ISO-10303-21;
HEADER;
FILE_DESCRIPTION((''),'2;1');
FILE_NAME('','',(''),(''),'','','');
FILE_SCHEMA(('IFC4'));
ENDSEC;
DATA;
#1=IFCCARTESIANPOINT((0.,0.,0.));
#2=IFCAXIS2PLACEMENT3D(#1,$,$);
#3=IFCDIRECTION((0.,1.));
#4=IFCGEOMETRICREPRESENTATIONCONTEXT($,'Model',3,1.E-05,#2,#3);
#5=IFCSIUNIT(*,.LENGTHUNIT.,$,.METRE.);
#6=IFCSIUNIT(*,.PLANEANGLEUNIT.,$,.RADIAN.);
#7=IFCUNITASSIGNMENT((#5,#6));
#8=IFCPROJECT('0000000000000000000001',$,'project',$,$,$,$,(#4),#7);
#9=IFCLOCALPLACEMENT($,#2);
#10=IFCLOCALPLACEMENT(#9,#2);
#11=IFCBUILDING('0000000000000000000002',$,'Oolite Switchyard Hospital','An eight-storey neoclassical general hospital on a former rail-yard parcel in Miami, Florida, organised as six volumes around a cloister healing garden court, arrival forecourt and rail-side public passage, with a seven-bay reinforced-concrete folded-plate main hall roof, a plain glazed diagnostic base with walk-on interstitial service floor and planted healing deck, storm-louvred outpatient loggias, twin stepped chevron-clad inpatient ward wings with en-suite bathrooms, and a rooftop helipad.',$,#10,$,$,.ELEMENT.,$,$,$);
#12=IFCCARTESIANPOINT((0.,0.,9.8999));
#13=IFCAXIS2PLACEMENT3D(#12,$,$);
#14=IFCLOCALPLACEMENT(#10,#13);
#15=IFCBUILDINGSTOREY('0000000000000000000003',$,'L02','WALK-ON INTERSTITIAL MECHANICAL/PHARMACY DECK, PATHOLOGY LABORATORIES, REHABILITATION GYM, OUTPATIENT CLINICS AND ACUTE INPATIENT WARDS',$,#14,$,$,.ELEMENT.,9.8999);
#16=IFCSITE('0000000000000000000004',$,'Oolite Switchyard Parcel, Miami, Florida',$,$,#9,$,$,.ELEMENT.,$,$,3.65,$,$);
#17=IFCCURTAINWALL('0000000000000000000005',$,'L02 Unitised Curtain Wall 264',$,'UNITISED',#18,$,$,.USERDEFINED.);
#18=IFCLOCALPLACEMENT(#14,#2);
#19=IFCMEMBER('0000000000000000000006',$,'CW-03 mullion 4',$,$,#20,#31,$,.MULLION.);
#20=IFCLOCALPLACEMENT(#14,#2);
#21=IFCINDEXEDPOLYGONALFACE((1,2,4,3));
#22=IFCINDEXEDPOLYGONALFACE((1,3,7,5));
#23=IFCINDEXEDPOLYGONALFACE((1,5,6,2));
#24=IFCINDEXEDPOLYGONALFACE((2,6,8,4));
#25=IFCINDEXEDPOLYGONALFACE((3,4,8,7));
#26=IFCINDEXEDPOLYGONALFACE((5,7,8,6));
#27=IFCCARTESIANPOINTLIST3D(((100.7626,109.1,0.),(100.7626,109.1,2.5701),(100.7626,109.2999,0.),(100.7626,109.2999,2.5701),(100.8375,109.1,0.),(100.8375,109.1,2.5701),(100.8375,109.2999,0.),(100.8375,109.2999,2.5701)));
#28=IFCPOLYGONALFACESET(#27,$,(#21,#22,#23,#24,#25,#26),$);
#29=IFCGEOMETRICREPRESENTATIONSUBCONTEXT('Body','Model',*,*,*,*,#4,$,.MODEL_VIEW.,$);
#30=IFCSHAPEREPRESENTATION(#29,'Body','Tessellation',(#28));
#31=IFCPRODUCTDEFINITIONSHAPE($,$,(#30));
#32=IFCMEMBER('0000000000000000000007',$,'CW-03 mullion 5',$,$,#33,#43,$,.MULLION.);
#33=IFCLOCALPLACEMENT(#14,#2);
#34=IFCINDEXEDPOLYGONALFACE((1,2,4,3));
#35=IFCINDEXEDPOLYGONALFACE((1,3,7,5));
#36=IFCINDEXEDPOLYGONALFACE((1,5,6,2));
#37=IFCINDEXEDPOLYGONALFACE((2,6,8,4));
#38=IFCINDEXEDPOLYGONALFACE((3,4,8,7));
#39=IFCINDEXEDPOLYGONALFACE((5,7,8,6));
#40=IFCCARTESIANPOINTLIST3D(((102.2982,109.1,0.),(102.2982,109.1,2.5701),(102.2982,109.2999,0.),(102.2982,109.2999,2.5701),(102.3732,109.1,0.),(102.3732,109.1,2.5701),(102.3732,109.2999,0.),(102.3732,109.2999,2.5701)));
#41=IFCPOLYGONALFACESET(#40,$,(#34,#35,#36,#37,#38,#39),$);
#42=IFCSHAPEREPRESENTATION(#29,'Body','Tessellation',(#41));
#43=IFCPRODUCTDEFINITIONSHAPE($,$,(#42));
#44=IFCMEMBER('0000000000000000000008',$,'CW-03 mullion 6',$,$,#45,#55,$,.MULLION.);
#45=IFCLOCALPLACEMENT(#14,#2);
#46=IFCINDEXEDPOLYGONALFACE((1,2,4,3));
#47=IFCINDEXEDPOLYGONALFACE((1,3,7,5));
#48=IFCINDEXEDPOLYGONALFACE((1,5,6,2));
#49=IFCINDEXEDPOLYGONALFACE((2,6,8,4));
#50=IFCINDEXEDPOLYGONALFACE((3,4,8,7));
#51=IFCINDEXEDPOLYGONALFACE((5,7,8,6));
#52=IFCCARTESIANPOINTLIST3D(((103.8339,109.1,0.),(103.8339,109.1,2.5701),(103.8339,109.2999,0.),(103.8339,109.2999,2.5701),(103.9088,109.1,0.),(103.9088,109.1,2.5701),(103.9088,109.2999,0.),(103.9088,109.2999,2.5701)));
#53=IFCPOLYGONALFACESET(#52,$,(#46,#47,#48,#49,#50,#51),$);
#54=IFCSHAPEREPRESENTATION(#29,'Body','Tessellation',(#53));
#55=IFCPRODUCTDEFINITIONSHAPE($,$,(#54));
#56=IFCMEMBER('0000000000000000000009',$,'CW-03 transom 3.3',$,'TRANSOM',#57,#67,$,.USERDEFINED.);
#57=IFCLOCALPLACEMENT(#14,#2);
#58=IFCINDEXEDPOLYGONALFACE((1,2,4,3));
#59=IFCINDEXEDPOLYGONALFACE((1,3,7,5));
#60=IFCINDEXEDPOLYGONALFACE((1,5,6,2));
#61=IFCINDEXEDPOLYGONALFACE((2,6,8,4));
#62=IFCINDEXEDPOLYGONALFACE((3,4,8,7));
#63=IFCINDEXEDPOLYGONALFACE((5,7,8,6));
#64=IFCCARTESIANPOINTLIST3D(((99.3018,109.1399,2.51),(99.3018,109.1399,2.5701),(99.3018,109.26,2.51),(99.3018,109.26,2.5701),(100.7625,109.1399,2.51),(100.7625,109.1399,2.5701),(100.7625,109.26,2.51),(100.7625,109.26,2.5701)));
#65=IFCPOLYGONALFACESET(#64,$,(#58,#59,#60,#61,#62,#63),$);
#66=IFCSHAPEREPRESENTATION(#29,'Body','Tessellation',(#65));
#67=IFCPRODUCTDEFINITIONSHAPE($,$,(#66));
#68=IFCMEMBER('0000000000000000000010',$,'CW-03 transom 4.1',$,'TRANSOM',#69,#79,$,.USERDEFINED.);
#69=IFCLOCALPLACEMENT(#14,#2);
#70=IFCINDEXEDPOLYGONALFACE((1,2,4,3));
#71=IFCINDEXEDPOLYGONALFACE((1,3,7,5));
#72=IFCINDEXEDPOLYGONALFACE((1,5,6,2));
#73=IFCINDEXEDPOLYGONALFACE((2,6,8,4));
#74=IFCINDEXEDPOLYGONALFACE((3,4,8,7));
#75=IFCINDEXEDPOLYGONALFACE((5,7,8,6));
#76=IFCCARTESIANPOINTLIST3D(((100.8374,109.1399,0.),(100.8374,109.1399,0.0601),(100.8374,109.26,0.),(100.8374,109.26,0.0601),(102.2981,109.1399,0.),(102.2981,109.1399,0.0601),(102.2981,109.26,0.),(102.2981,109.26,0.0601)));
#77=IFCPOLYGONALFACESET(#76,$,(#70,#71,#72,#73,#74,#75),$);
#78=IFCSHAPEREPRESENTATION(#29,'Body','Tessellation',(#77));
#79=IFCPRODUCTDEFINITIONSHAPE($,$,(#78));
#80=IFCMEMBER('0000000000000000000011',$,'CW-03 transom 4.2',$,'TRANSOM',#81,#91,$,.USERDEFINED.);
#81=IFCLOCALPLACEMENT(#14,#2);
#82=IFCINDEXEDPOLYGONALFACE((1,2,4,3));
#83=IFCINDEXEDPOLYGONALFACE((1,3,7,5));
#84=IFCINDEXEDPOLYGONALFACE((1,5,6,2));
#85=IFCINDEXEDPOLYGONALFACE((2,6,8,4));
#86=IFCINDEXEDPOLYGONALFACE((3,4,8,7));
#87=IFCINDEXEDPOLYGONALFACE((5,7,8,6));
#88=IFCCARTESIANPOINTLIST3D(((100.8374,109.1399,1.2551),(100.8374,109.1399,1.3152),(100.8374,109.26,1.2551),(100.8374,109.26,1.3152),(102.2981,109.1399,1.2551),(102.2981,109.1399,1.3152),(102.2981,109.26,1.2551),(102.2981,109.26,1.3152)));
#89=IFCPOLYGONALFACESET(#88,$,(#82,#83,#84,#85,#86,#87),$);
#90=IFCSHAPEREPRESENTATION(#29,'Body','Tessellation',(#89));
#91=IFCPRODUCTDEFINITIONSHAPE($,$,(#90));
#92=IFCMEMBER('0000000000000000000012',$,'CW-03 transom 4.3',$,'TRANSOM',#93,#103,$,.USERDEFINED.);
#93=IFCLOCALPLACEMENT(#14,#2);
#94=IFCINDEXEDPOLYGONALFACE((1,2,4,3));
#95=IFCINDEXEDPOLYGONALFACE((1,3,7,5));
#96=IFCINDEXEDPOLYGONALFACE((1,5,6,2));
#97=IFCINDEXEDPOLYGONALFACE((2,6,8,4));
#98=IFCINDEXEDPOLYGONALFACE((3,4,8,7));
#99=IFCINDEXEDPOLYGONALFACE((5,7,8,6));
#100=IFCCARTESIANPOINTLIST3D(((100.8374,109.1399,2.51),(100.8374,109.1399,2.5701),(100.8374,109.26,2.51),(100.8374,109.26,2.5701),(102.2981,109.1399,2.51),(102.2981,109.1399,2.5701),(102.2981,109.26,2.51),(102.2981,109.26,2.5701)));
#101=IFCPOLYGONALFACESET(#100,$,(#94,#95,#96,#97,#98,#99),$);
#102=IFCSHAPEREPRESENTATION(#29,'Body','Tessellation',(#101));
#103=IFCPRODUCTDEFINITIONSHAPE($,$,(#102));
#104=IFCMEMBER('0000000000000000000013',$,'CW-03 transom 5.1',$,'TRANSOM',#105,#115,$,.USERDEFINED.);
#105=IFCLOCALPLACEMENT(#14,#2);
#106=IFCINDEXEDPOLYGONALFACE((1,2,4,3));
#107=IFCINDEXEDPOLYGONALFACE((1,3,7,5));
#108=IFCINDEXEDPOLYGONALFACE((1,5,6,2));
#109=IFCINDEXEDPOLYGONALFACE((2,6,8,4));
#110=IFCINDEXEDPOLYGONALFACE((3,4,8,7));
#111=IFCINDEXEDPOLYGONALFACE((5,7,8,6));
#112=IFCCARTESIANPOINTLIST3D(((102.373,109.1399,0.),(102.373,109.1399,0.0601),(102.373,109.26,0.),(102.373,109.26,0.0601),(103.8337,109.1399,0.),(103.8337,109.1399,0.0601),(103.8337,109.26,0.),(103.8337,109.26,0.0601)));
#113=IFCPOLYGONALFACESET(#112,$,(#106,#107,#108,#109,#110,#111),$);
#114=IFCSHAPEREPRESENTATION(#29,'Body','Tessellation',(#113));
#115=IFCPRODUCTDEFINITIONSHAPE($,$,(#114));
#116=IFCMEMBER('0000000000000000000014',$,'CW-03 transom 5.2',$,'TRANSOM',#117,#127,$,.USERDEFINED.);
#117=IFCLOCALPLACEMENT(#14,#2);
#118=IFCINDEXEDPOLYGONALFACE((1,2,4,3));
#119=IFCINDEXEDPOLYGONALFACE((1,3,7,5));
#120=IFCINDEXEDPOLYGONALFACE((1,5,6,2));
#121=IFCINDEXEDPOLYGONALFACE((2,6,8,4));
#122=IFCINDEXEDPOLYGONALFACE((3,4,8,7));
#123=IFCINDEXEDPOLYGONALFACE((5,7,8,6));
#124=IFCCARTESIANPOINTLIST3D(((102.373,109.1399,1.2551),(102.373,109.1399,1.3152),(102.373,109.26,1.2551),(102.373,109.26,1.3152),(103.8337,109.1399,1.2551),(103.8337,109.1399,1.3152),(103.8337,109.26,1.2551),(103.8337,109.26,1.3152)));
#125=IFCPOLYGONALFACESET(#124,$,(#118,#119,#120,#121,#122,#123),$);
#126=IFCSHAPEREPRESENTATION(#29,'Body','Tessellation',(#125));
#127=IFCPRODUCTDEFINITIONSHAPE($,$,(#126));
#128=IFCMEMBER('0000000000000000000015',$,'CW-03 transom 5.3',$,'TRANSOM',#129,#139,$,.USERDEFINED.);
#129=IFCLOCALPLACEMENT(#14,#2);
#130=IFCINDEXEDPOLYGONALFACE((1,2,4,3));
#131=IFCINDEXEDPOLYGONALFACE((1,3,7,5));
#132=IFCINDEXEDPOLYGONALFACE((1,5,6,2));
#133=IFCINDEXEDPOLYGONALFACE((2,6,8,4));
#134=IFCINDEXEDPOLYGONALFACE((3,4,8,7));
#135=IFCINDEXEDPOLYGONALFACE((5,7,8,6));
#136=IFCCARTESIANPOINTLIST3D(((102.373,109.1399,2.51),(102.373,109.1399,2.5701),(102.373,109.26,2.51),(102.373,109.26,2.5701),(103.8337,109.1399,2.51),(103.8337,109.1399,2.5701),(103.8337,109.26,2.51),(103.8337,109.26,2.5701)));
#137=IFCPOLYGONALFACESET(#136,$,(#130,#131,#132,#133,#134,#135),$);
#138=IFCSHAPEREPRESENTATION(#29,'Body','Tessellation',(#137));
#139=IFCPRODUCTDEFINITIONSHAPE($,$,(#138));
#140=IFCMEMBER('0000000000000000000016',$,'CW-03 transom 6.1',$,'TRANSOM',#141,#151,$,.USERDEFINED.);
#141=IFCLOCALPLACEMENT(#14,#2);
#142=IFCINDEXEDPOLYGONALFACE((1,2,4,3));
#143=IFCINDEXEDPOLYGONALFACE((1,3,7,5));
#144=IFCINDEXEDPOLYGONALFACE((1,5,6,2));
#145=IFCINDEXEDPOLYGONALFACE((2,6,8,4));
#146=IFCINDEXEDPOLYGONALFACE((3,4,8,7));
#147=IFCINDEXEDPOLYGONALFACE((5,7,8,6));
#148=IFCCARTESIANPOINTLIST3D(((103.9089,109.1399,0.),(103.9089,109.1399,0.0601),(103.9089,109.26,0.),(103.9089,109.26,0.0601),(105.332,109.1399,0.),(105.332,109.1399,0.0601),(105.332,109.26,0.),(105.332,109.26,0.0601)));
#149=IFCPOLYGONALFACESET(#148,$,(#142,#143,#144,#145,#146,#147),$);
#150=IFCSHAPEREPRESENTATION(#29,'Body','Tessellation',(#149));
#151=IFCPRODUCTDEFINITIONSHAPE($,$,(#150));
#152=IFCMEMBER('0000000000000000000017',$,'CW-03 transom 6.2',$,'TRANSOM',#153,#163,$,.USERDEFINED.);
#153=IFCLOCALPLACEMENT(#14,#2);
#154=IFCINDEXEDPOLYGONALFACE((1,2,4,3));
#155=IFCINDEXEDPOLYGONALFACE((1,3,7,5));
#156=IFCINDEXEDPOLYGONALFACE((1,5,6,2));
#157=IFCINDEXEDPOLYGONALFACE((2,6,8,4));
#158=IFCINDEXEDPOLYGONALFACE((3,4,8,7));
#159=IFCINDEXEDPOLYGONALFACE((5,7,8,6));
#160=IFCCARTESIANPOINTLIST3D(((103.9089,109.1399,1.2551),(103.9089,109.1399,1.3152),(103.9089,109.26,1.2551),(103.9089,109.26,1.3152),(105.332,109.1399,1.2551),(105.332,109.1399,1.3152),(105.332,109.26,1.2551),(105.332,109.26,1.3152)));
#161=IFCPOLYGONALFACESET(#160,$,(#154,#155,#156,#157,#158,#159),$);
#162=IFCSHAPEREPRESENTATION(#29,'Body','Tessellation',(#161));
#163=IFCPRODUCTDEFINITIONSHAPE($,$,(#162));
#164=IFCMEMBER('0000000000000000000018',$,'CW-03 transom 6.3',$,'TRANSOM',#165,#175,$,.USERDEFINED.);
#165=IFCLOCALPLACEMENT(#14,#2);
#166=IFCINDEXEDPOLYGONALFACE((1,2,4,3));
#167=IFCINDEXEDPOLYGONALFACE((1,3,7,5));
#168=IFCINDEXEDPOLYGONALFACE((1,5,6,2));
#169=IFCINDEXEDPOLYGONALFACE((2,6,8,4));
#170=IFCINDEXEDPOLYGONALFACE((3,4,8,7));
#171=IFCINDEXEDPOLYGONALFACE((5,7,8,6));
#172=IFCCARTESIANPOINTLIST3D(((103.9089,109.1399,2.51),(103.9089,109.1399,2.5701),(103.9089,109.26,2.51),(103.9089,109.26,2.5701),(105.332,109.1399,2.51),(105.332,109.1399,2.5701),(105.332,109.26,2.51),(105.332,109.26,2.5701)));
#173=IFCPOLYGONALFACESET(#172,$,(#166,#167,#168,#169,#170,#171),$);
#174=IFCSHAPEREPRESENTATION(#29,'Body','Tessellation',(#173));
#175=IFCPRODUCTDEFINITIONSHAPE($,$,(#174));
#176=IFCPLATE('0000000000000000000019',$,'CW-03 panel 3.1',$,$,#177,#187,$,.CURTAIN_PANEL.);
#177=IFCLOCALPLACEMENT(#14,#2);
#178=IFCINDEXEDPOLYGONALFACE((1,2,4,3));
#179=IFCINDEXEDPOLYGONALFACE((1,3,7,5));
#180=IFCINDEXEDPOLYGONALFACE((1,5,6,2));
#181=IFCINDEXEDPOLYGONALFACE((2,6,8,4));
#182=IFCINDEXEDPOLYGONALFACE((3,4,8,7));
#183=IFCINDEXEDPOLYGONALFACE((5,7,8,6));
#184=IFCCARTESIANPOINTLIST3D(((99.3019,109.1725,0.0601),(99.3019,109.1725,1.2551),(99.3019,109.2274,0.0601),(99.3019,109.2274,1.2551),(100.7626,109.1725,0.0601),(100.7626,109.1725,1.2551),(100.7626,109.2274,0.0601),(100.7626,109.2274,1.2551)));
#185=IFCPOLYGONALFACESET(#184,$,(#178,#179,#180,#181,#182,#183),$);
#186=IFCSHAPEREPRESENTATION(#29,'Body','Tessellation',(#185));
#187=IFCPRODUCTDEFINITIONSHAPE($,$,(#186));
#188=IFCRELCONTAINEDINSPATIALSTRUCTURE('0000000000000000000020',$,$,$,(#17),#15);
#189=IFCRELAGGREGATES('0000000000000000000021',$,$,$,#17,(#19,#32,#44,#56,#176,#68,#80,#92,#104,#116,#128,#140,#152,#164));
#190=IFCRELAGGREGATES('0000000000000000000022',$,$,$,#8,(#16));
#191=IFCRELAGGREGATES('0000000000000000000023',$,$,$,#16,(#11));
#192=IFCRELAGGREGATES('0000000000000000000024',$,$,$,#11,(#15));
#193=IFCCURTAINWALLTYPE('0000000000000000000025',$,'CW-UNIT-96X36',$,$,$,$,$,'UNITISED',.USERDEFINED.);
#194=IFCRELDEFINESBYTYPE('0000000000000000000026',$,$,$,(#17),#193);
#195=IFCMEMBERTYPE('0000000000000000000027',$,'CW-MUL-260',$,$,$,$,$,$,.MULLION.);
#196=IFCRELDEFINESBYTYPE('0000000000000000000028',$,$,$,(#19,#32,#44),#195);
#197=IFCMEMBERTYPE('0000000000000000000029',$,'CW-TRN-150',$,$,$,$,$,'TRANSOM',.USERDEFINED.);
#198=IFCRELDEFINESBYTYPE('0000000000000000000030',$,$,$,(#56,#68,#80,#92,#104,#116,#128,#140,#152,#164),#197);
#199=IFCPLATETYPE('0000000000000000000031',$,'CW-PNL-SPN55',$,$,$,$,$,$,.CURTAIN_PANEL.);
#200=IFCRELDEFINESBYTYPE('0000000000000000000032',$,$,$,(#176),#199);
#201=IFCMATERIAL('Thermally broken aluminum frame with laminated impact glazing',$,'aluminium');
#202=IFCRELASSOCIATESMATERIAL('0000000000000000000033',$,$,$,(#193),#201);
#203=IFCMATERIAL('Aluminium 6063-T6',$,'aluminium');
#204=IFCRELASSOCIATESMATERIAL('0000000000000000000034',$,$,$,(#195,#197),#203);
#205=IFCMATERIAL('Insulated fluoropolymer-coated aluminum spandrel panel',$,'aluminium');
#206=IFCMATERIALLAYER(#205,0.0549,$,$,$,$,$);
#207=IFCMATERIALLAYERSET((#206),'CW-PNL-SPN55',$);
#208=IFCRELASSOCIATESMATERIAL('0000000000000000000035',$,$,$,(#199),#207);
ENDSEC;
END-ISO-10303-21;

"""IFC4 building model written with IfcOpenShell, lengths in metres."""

from ifc_helpers import new_model, si_unit, direction, frame, origin, origin_2d, place, context, subcontext, project, spatial, rectangle, extrude, material, layer, layer_set, material_profile, profile_set, type_object, element, aggregate, save


model = new_model("IFC4")

# Units and contexts
model_context = context("Model", 3, precision=1e-05, world=origin(), true_north=direction((0.0, 1.0)))
body_context = subcontext(model_context, "Body", "Model", "MODEL_VIEW")
ifc_project = project(units=[si_unit("LENGTHUNIT", "METRE"), si_unit("PLANEANGLEUNIT", "RADIAN")], contexts=[model_context])

# Site, building, storey
site_placement = place(None, origin())
site = spatial("IfcSite", under=ifc_project, at=site_placement, Name="Oolite Switchyard Parcel, Miami, Florida", CompositionType="ELEMENT", RefElevation=3.65)
building_placement = place(site_placement, origin())
building = spatial("IfcBuilding", under=site, at=building_placement, Name="Oolite Switchyard Hospital", Description="An eight-storey neoclassical general hospital on a former rail-yard parcel in Miami, Florida, organised as six volumes around a cloister healing garden court, arrival forecourt and rail-side public passage, with a seven-bay reinforced-concrete folded-plate main hall roof, a plain glazed diagnostic base with walk-on interstitial service floor and planted healing deck, storm-louvred outpatient loggias, twin stepped chevron-clad inpatient ward wings with en-suite bathrooms, and a rooftop helipad.", CompositionType="ELEMENT")
storey_placement = place(building_placement, frame((0.0, 0.0, 9.8999)))
storey = spatial("IfcBuildingStorey", under=building, at=storey_placement, Name="L02", Description="WALK-ON INTERSTITIAL MECHANICAL/PHARMACY DECK, PATHOLOGY LABORATORIES, REHABILITATION GYM, OUTPATIENT CLINICS AND ACUTE INPATIENT WARDS", CompositionType="ELEMENT", Elevation=9.8999)

# Curtain wall, members, plate
ifc_material_1 = material(Name="Thermally broken aluminum frame with laminated impact glazing", Category="aluminium")
curtain_wall_type = type_object("IfcCurtainWallType", Name="CW-UNIT-96X36", ElementType="UNITISED", PredefinedType="USERDEFINED", material=ifc_material_1)
curtain_wall_placement = place(storey_placement, origin())
curtain_wall = element("IfcCurtainWall", 1, at=curtain_wall_placement, inside=storey, type_object=curtain_wall_type, Name="L02 Unitised Curtain Wall 264", ObjectType="UNITISED", PredefinedType="USERDEFINED")
ifc_material_2 = material(Name="Aluminium 6063-T6", Category="aluminium")
ifc_material_profile_1 = material_profile(ifc_material_2, rectangle(XDim=0.2, YDim=0.075, at=origin_2d()), Name="CWM75X200")
ifc_profile_set_1 = profile_set([ifc_material_profile_1], Name="Aluminium 6063-T6")
member_type_1 = type_object("IfcMemberType", Name="CW-MUL-260", PredefinedType="MULLION", material=ifc_profile_set_1)
member_1_placement = place(storey_placement, frame((100.8, 109.2, 0.0), z_axis=(0.0, 0.0, 1.0), x_axis=(0.0, 1.0, 0.0)))
member_1 = element("IfcMember", 2, at=member_1_placement, type_object=member_type_1, Name="CW-03 mullion 4", PredefinedType="MULLION", context=body_context, shape_type="SweptSolid", body=[
    extrude(rectangle(XDim=0.2, YDim=0.075, at=origin_2d()), origin(), (0.0, 0.0, 1.0), 2.5701),
])
member_2_placement = place(storey_placement, frame((102.3357, 109.2, 0.0), z_axis=(0.0, 0.0, 1.0), x_axis=(0.0, 1.0, 0.0)))
member_2 = element("IfcMember", 3, at=member_2_placement, type_object=member_type_1, Name="CW-03 mullion 5", PredefinedType="MULLION", context=body_context, shape_type="SweptSolid", body=[
    extrude(rectangle(XDim=0.2, YDim=0.075, at=origin_2d()), origin(), (0.0, 0.0, 1.0), 2.5701),
])
member_3_placement = place(storey_placement, frame((103.8713, 109.2, 0.0), z_axis=(0.0, 0.0, 1.0), x_axis=(0.0, 1.0, 0.0)))
member_3 = element("IfcMember", 4, at=member_3_placement, type_object=member_type_1, Name="CW-03 mullion 6", PredefinedType="MULLION", context=body_context, shape_type="SweptSolid", body=[
    extrude(rectangle(XDim=0.2, YDim=0.075, at=origin_2d()), origin(), (0.0, 0.0, 1.0), 2.5701),
])
ifc_material_profile_2 = material_profile(ifc_material_2, rectangle(XDim=0.1201, YDim=0.0601, at=origin_2d()), Name="CWT60X120")
ifc_profile_set_2 = profile_set([ifc_material_profile_2], Name="Aluminium 6063-T6")
member_type_2 = type_object("IfcMemberType", Name="CW-TRN-150", ElementType="TRANSOM", PredefinedType="USERDEFINED", material=ifc_profile_set_2)
member_4_placement = place(storey_placement, frame((99.3018, 109.2, 2.54), z_axis=(1.0, 0.0, 0.0), x_axis=(0.0, 1.0, 0.0)))
member_4 = element("IfcMember", 5, at=member_4_placement, type_object=member_type_2, Name="CW-03 transom 3.3", ObjectType="TRANSOM", PredefinedType="USERDEFINED", context=body_context, shape_type="SweptSolid", body=[
    extrude(rectangle(XDim=0.1201, YDim=0.0601, at=origin_2d()), origin(), (0.0, 0.0, 1.0), 1.4607),
])
member_5_placement = place(storey_placement, frame((100.8374, 109.2, 0.03), z_axis=(1.0, 0.0, 0.0), x_axis=(0.0, 1.0, 0.0)))
member_5 = element("IfcMember", 6, at=member_5_placement, type_object=member_type_2, Name="CW-03 transom 4.1", ObjectType="TRANSOM", PredefinedType="USERDEFINED", context=body_context, shape_type="SweptSolid", body=[
    extrude(rectangle(XDim=0.1201, YDim=0.0601, at=origin_2d()), origin(), (0.0, 0.0, 1.0), 1.4607),
])
member_6_placement = place(storey_placement, frame((100.8374, 109.2, 1.2852), z_axis=(1.0, 0.0, 0.0), x_axis=(0.0, 1.0, 0.0)))
member_6 = element("IfcMember", 7, at=member_6_placement, type_object=member_type_2, Name="CW-03 transom 4.2", ObjectType="TRANSOM", PredefinedType="USERDEFINED", context=body_context, shape_type="SweptSolid", body=[
    extrude(rectangle(XDim=0.1201, YDim=0.0601, at=origin_2d()), origin(), (0.0, 0.0, 1.0), 1.4607),
])
member_7_placement = place(storey_placement, frame((100.8374, 109.2, 2.54), z_axis=(1.0, 0.0, 0.0), x_axis=(0.0, 1.0, 0.0)))
member_7 = element("IfcMember", 8, at=member_7_placement, type_object=member_type_2, Name="CW-03 transom 4.3", ObjectType="TRANSOM", PredefinedType="USERDEFINED", context=body_context, shape_type="SweptSolid", body=[
    extrude(rectangle(XDim=0.1201, YDim=0.0601, at=origin_2d()), origin(), (0.0, 0.0, 1.0), 1.4607),
])
member_8_placement = place(storey_placement, frame((102.373, 109.2, 0.03), z_axis=(1.0, 0.0, 0.0), x_axis=(0.0, 1.0, 0.0)))
member_8 = element("IfcMember", 9, at=member_8_placement, type_object=member_type_2, Name="CW-03 transom 5.1", ObjectType="TRANSOM", PredefinedType="USERDEFINED", context=body_context, shape_type="SweptSolid", body=[
    extrude(rectangle(XDim=0.1201, YDim=0.0601, at=origin_2d()), origin(), (0.0, 0.0, 1.0), 1.4607),
])
member_9_placement = place(storey_placement, frame((102.373, 109.2, 1.2852), z_axis=(1.0, 0.0, 0.0), x_axis=(0.0, 1.0, 0.0)))
member_9 = element("IfcMember", 10, at=member_9_placement, type_object=member_type_2, Name="CW-03 transom 5.2", ObjectType="TRANSOM", PredefinedType="USERDEFINED", context=body_context, shape_type="SweptSolid", body=[
    extrude(rectangle(XDim=0.1201, YDim=0.0601, at=origin_2d()), origin(), (0.0, 0.0, 1.0), 1.4607),
])
member_10_placement = place(storey_placement, frame((102.373, 109.2, 2.54), z_axis=(1.0, 0.0, 0.0), x_axis=(0.0, 1.0, 0.0)))
member_10 = element("IfcMember", 11, at=member_10_placement, type_object=member_type_2, Name="CW-03 transom 5.3", ObjectType="TRANSOM", PredefinedType="USERDEFINED", context=body_context, shape_type="SweptSolid", body=[
    extrude(rectangle(XDim=0.1201, YDim=0.0601, at=origin_2d()), origin(), (0.0, 0.0, 1.0), 1.4607),
])
member_11_placement = place(storey_placement, frame((103.9089, 109.2, 0.03), z_axis=(1.0, 0.0, 0.0), x_axis=(0.0, 1.0, 0.0)))
member_11 = element("IfcMember", 12, at=member_11_placement, type_object=member_type_2, Name="CW-03 transom 6.1", ObjectType="TRANSOM", PredefinedType="USERDEFINED", context=body_context, shape_type="SweptSolid", body=[
    extrude(rectangle(XDim=0.1201, YDim=0.0601, at=origin_2d()), origin(), (0.0, 0.0, 1.0), 1.4231),
])
member_12_placement = place(storey_placement, frame((103.9089, 109.2, 1.2852), z_axis=(1.0, 0.0, 0.0), x_axis=(0.0, 1.0, 0.0)))
member_12 = element("IfcMember", 13, at=member_12_placement, type_object=member_type_2, Name="CW-03 transom 6.2", ObjectType="TRANSOM", PredefinedType="USERDEFINED", context=body_context, shape_type="SweptSolid", body=[
    extrude(rectangle(XDim=0.1201, YDim=0.0601, at=origin_2d()), origin(), (0.0, 0.0, 1.0), 1.4231),
])
member_13_placement = place(storey_placement, frame((103.9089, 109.2, 2.54), z_axis=(1.0, 0.0, 0.0), x_axis=(0.0, 1.0, 0.0)))
member_13 = element("IfcMember", 14, at=member_13_placement, type_object=member_type_2, Name="CW-03 transom 6.3", ObjectType="TRANSOM", PredefinedType="USERDEFINED", context=body_context, shape_type="SweptSolid", body=[
    extrude(rectangle(XDim=0.1201, YDim=0.0601, at=origin_2d()), origin(), (0.0, 0.0, 1.0), 1.4231),
])
ifc_material_3 = material(Name="Insulated fluoropolymer-coated aluminum spandrel panel", Category="aluminium")
ifc_layer = layer(ifc_material_3, 0.0549)
ifc_layer_set = layer_set([ifc_layer], Name="CW-PNL-SPN55")
plate_type = type_object("IfcPlateType", Name="CW-PNL-SPN55", PredefinedType="CURTAIN_PANEL", material=ifc_layer_set)
plate_1_placement = place(storey_placement, frame((100.0322, 109.2, 0.0601), z_axis=(0.0, 0.0, 1.0), x_axis=(1.0, 0.0, 0.0)))
plate_1 = element("IfcPlate", 15, at=plate_1_placement, type_object=plate_type, Name="CW-03 panel 3.1", PredefinedType="CURTAIN_PANEL", context=body_context, shape_type="SweptSolid", body=[
    extrude(rectangle(XDim=1.4607, YDim=0.0549, at=origin_2d()), origin(), (0.0, 0.0, 1.0), 1.1951),
])
aggregate(curtain_wall, [member_1, member_2, member_3, member_4, plate_1, member_5, member_6, member_7, member_8, member_9, member_10, member_11, member_12, member_13])

save(model, "model.ifc")
